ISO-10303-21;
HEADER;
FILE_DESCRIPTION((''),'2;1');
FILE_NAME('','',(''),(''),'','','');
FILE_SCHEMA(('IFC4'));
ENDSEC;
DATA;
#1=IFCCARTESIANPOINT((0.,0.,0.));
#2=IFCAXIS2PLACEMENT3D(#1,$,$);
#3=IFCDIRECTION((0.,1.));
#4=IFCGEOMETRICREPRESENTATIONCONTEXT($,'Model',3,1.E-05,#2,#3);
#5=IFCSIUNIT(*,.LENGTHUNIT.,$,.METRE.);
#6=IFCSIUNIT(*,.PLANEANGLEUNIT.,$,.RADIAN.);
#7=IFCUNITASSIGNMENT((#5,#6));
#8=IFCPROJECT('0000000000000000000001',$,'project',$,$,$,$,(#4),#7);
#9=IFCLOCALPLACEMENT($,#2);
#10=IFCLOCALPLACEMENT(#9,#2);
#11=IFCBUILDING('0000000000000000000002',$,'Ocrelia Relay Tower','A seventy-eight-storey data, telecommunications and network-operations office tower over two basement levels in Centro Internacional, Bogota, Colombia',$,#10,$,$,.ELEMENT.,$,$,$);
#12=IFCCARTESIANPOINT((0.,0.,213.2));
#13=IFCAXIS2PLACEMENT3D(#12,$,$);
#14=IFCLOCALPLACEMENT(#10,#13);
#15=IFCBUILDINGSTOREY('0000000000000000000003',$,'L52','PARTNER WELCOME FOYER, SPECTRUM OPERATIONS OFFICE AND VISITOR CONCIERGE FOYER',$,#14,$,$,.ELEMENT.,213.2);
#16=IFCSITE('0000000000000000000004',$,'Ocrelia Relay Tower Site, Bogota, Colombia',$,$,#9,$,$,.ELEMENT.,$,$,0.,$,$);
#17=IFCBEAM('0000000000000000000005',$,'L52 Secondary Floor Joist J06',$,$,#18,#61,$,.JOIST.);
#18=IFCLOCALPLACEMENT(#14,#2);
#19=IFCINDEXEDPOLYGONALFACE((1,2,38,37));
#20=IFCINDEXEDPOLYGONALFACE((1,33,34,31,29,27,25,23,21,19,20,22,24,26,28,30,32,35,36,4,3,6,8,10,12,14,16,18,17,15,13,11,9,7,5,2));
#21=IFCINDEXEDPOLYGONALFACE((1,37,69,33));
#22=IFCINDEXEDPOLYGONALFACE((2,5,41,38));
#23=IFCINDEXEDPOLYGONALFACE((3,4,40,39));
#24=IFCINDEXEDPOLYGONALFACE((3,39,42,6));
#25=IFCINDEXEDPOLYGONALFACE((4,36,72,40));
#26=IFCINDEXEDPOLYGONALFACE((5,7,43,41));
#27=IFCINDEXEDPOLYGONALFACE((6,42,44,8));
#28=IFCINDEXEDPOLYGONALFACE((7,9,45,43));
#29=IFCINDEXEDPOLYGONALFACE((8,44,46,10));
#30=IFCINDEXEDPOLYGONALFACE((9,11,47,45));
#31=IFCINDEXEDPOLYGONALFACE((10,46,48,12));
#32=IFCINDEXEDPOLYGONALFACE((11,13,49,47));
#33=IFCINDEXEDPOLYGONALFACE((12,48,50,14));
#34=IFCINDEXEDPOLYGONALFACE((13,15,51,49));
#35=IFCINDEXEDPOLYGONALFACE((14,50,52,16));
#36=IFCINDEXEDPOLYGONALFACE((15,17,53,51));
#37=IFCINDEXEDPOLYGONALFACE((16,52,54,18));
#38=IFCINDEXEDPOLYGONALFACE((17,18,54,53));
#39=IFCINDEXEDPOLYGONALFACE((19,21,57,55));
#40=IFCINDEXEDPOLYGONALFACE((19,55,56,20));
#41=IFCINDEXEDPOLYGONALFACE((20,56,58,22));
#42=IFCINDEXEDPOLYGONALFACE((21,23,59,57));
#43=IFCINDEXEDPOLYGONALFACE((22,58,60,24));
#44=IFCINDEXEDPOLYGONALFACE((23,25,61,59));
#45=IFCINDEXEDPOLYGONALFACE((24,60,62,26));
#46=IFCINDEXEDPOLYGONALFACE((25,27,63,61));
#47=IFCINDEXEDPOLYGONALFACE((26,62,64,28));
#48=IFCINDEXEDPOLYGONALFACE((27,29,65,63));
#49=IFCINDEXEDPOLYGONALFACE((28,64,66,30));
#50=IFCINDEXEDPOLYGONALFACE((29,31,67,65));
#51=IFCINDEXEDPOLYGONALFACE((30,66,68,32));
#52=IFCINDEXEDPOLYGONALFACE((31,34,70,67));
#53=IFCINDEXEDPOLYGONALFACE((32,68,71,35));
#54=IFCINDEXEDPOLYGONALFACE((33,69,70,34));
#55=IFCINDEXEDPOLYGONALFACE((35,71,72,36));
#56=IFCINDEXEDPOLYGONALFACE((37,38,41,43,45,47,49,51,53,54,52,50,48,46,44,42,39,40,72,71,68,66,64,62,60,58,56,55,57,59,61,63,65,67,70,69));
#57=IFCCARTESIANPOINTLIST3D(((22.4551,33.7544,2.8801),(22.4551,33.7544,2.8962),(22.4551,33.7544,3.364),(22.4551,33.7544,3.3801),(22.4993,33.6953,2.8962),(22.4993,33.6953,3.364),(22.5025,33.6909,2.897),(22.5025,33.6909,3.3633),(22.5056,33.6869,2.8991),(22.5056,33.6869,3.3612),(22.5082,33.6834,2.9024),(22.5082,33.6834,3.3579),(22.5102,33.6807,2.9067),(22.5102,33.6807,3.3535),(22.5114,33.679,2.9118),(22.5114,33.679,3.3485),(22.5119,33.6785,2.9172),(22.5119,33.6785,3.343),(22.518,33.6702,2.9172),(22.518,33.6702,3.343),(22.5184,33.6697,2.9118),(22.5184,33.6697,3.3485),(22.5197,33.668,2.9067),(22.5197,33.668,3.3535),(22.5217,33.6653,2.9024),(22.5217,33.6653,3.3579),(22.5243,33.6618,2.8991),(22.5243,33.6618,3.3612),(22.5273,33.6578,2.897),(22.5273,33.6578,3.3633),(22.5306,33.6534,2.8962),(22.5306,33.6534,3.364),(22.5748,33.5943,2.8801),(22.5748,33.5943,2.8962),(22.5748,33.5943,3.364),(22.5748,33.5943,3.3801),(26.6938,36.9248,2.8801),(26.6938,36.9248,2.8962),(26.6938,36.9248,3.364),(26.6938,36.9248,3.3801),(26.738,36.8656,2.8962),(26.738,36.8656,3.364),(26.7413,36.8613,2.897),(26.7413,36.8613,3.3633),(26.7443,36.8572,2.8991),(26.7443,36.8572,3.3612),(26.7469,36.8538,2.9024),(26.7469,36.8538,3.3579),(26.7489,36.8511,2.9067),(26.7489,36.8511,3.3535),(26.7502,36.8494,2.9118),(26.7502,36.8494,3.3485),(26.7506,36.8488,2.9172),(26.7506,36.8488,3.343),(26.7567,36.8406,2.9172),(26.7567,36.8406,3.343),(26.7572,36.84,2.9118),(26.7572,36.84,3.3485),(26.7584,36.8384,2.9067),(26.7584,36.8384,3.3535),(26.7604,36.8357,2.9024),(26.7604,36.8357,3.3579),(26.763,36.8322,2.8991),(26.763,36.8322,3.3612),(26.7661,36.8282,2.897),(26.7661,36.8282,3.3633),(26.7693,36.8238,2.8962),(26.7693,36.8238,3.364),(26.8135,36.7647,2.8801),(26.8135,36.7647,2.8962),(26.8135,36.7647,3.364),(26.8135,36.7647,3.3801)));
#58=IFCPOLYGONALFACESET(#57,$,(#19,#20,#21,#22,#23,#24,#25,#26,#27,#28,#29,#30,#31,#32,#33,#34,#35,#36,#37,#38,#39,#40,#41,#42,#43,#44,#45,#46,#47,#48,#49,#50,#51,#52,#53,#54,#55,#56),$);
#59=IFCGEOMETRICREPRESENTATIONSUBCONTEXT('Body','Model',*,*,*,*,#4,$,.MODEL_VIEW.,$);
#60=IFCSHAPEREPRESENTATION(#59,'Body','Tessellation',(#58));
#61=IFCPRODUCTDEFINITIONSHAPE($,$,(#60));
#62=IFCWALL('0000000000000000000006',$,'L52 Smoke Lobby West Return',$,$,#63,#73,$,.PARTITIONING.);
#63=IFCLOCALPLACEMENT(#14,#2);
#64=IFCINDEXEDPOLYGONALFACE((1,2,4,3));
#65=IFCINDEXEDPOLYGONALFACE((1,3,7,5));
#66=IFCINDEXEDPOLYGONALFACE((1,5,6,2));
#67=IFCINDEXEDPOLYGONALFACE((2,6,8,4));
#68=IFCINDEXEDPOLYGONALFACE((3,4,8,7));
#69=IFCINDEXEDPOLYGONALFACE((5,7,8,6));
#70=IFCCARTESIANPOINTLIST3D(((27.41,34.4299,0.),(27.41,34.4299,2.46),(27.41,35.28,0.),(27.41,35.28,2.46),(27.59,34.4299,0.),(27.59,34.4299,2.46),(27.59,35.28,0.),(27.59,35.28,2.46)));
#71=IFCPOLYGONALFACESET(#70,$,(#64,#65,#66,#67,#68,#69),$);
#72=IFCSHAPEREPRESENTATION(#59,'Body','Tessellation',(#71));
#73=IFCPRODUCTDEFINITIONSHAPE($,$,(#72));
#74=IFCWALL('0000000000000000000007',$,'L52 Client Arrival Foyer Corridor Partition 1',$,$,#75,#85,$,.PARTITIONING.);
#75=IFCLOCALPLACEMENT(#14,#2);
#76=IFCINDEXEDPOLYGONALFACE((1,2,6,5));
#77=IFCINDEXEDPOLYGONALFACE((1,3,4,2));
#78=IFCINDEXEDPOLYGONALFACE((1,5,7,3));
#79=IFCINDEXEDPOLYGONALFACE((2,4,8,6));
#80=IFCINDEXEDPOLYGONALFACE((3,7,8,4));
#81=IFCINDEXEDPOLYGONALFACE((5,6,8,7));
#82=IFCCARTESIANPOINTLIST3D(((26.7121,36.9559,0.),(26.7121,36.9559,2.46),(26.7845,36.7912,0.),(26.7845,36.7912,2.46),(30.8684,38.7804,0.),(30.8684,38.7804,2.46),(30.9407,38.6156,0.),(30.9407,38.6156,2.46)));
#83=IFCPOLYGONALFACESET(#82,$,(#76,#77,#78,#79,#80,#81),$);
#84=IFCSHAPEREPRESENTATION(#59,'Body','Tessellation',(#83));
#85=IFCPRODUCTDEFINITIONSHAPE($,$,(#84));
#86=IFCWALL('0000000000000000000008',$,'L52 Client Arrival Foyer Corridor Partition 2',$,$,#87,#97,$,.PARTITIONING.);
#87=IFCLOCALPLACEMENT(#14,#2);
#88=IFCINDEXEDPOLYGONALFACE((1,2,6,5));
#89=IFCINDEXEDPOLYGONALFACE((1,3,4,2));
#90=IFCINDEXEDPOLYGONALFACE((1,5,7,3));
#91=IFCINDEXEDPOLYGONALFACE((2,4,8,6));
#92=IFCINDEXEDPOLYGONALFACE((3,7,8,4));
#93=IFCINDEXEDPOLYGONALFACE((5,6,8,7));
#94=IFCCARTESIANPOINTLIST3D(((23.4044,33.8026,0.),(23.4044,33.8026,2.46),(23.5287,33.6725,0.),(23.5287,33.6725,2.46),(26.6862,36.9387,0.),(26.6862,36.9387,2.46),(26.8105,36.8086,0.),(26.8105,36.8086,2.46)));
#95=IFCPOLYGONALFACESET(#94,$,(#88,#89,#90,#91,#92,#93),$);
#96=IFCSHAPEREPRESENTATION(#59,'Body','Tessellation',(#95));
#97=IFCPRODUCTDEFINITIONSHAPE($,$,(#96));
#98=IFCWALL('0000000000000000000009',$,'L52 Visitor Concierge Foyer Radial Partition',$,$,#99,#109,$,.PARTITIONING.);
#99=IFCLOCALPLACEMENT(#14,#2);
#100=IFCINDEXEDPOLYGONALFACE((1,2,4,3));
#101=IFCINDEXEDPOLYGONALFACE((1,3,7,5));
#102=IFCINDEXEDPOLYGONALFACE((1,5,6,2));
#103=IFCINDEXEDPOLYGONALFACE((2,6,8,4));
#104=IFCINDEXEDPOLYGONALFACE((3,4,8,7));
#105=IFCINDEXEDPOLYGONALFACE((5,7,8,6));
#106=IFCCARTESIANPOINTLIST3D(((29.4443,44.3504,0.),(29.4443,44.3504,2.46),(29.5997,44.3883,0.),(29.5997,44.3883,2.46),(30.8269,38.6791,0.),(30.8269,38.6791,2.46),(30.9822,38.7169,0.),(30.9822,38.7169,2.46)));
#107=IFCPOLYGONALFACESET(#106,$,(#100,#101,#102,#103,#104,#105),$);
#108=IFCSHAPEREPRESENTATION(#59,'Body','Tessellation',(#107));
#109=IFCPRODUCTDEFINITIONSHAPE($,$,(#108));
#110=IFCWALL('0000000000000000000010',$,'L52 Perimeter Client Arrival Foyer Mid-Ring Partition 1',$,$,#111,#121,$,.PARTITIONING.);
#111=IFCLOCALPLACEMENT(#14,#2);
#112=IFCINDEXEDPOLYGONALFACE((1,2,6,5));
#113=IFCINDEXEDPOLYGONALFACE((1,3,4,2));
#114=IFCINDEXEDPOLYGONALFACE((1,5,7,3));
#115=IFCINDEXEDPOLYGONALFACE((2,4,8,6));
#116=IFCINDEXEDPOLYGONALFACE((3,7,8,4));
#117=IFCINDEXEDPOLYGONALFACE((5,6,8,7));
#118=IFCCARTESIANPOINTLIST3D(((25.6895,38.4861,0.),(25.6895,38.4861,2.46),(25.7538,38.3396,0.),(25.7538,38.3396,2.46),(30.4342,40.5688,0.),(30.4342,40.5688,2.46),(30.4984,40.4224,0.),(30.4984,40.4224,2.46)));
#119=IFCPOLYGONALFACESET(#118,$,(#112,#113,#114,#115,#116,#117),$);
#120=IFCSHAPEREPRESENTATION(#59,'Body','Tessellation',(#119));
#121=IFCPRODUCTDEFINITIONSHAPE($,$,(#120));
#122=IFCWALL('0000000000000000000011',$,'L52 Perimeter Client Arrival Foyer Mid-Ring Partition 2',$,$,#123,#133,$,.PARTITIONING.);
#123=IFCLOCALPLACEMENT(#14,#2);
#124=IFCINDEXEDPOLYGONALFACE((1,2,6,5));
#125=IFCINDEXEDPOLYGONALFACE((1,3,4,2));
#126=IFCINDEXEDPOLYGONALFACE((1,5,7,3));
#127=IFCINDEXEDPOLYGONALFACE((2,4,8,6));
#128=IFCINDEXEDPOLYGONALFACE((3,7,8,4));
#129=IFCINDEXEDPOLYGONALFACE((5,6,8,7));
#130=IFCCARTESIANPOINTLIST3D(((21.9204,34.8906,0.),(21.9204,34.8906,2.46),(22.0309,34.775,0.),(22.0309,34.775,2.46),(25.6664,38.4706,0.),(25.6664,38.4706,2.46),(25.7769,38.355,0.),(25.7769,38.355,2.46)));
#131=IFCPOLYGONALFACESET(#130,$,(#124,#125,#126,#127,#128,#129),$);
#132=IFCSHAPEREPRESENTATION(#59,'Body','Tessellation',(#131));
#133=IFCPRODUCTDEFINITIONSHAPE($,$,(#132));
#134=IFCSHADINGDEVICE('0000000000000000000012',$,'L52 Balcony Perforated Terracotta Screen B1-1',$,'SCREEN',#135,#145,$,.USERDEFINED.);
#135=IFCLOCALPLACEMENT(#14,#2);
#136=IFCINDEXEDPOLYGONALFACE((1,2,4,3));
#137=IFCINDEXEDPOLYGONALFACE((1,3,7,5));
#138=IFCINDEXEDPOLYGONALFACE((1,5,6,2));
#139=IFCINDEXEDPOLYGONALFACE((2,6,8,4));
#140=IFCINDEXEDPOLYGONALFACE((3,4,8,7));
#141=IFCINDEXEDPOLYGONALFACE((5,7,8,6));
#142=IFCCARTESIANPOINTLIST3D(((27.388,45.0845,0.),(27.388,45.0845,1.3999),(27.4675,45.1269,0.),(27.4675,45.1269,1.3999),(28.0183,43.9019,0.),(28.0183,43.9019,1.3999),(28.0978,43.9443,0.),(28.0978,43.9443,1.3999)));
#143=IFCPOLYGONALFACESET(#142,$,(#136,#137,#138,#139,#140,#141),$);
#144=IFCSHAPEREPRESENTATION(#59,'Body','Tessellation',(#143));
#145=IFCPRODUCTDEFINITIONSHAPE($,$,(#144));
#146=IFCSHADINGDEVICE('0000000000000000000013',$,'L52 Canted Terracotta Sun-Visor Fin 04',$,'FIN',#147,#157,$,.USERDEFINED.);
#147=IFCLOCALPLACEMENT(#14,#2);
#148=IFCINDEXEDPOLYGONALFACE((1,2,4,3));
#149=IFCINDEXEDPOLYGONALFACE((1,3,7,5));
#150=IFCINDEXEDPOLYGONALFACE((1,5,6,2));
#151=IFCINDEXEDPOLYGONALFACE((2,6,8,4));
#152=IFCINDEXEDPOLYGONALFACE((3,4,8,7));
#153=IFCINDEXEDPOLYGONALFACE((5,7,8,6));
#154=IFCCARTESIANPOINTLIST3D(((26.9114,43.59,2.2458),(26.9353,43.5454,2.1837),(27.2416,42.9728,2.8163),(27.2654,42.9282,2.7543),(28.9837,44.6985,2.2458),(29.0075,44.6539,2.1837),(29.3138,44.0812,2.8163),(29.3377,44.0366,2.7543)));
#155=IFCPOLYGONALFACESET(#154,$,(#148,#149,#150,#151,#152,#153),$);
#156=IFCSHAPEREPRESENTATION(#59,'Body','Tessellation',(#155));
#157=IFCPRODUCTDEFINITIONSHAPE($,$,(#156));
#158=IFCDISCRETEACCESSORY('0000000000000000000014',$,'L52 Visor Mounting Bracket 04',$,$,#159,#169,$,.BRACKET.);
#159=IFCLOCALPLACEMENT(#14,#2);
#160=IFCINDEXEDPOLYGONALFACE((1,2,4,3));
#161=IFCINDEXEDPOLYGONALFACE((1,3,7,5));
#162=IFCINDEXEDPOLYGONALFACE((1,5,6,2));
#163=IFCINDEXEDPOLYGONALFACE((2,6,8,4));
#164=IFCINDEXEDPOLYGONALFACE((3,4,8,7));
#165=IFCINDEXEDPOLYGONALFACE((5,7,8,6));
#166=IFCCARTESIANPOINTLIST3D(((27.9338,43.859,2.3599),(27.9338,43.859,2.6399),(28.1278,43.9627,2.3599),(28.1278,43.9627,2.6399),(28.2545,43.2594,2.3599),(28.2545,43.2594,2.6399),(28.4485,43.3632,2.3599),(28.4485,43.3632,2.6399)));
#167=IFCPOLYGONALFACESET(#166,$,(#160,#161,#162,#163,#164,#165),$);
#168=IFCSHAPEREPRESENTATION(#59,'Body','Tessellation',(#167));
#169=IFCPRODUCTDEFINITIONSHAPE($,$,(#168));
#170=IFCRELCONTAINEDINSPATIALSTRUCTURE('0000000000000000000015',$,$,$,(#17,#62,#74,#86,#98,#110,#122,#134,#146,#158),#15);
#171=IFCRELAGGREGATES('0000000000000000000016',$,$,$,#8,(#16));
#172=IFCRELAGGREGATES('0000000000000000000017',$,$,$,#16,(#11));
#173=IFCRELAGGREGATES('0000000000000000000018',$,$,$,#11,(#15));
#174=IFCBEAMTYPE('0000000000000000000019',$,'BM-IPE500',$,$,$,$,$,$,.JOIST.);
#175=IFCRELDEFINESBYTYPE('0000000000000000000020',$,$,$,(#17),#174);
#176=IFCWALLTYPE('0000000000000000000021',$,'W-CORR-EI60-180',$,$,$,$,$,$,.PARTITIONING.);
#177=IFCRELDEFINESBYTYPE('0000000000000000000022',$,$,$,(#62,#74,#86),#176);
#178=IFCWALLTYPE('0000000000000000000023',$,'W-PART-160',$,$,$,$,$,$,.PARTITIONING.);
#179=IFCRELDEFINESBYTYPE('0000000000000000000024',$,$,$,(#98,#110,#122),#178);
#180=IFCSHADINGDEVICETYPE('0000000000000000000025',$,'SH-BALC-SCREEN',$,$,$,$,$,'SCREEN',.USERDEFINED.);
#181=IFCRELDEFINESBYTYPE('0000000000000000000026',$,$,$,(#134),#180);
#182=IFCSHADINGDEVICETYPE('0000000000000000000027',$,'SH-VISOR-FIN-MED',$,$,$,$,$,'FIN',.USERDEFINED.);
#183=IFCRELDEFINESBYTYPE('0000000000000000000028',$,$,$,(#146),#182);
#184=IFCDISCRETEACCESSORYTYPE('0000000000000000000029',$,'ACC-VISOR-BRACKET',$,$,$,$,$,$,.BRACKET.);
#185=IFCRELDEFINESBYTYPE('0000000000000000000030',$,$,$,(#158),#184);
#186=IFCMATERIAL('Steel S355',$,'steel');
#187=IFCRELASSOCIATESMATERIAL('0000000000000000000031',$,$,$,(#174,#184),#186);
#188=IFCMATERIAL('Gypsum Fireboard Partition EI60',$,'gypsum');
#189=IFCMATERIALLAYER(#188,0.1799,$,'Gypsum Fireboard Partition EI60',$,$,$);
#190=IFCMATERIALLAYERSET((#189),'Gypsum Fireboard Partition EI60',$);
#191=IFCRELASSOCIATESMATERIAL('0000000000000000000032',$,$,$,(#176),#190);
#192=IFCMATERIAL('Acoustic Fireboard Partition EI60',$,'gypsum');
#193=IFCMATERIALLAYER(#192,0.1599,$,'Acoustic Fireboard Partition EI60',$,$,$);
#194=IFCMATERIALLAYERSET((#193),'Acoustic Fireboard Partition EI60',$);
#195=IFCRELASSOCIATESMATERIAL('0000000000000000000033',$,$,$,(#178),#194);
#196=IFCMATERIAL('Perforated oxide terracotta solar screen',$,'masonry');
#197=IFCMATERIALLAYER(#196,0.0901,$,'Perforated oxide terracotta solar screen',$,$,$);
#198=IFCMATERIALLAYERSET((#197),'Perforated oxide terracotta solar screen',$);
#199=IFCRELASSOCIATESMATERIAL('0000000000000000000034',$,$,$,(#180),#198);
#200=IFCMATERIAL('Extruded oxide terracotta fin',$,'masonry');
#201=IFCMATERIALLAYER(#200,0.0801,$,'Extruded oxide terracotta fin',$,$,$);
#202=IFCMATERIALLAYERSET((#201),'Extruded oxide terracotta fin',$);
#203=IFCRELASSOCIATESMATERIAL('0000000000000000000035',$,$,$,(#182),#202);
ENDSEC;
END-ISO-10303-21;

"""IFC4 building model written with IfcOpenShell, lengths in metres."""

from ifc_helpers import new_model, si_unit, direction, frame, frame_2d, origin, origin_2d, place, context, subcontext, project, spatial, rectangle, i_section, extrude, material, layer, layer_set, material_profile, profile_set, type_object, element, save


model = new_model("IFC4")

# Units and contexts
model_context = context("Model", 3, precision=1e-05, world=origin(), true_north=direction((0.0, 1.0)))
body_context = subcontext(model_context, "Body", "Model", "MODEL_VIEW")
ifc_project = project(units=[si_unit("LENGTHUNIT", "METRE"), si_unit("PLANEANGLEUNIT", "RADIAN")], contexts=[model_context])

# Site, building, storey
site_placement = place(None, origin())
site = spatial("IfcSite", under=ifc_project, at=site_placement, Name="Ocrelia Relay Tower Site, Bogota, Colombia", CompositionType="ELEMENT", RefElevation=0.0)
building_placement = place(site_placement, origin())
building = spatial("IfcBuilding", under=site, at=building_placement, Name="Ocrelia Relay Tower", Description="A seventy-eight-storey data, telecommunications and network-operations office tower over two basement levels in Centro Internacional, Bogota, Colombia", CompositionType="ELEMENT")
storey_placement = place(building_placement, frame((0.0, 0.0, 213.2)))
storey = spatial("IfcBuildingStorey", under=building, at=storey_placement, Name="L52", Description="PARTNER WELCOME FOYER, SPECTRUM OPERATIONS OFFICE AND VISITOR CONCIERGE FOYER", CompositionType="ELEMENT", Elevation=213.2)

# Beam
ifc_material_1 = material(Name="Steel S355", Category="steel")
ifc_material_profile_1 = material_profile(ifc_material_1, i_section(OverallWidth=0.2, OverallDepth=0.5, WebThickness=0.0103, FlangeThickness=0.0161, FilletRadius=0.021, at=origin_2d()), Name="IPE 500")
ifc_profile_set_1 = profile_set([ifc_material_profile_1], Name="Steel S355")
beam_type_1 = type_object("IfcBeamType", Name="BM-IPE500", PredefinedType="JOIST", material=ifc_profile_set_1)
beam_1_placement = place(storey_placement, frame((26.7537, 36.8447, 3.1301), z_axis=(-0.800785, -0.598952, 0.0), x_axis=(0.598952, -0.800785, 0.0)))
element("IfcBeam", 1, at=beam_1_placement, inside=storey, type_object=beam_type_1, Name="L52 Secondary Floor Joist J06", PredefinedType="JOIST", context=body_context, shape_type="SweptSolid", body=[
    extrude(i_section(OverallWidth=0.2, OverallDepth=0.5, WebThickness=0.0103, FlangeThickness=0.0161, FilletRadius=0.021, at=origin_2d()), origin(), (0.0, 0.0, 1.0), 5.2932),
])

# Wall
ifc_material_2 = material(Name="Gypsum Fireboard Partition EI60", Category="gypsum")
ifc_layer_1 = layer(ifc_material_2, 0.1799, Name="Gypsum Fireboard Partition EI60")
ifc_layer_set_1 = layer_set([ifc_layer_1], Name="Gypsum Fireboard Partition EI60")
wall_type_1 = type_object("IfcWallType", Name="W-CORR-EI60-180", PredefinedType="PARTITIONING", material=ifc_layer_set_1)
wall_1_placement = place(storey_placement, frame((27.5, 34.4299, 0.0), z_axis=(0.0, 0.0, 1.0), x_axis=(0.0, 1.0, 0.0)))
element("IfcWall", 2, at=wall_1_placement, inside=storey, type_object=wall_type_1, Name="L52 Smoke Lobby West Return", PredefinedType="PARTITIONING", context=body_context, shape_type="SweptSolid", body=[
    extrude(rectangle(XDim=0.8501, YDim=0.1799, at=frame_2d((0.425, 0.0))), origin(), (0.0, 0.0, 1.0), 2.46),
])

# Walls
wall_2_placement = place(storey_placement, frame((30.9045, 38.698, 0.0), z_axis=(0.0, 0.0, 1.0), x_axis=(-0.915663, -0.401947, 0.0)))
element("IfcWall", 3, at=wall_2_placement, inside=storey, type_object=wall_type_1, Name="L52 Client Arrival Foyer Corridor Partition 1", PredefinedType="PARTITIONING", context=body_context, shape_type="SweptSolid", body=[
    extrude(rectangle(XDim=4.5391, YDim=0.1799, at=frame_2d((2.2695, 0.0))), origin(), (0.0, 0.0, 1.0), 2.46),
])
wall_3_placement = place(storey_placement, frame((26.7483, 36.8735, 0.0), z_axis=(0.0, 0.0, 1.0), x_axis=(-0.722979, -0.69087, 0.0)))
element("IfcWall", 4, at=wall_3_placement, inside=storey, type_object=wall_type_1, Name="L52 Client Arrival Foyer Corridor Partition 2", PredefinedType="PARTITIONING", context=body_context, shape_type="SweptSolid", body=[
    extrude(rectangle(XDim=4.5393, YDim=0.1799, at=frame_2d((2.2695, 0.0))), origin(), (0.0, 0.0, 1.0), 2.46),
])

# Walls
ifc_material_3 = material(Name="Acoustic Fireboard Partition EI60", Category="gypsum")
ifc_layer_2 = layer(ifc_material_3, 0.1599, Name="Acoustic Fireboard Partition EI60")
ifc_layer_set_2 = layer_set([ifc_layer_2], Name="Acoustic Fireboard Partition EI60")
wall_type_2 = type_object("IfcWallType", Name="W-PART-160", PredefinedType="PARTITIONING", material=ifc_layer_set_2)
wall_4_placement = place(storey_placement, frame((30.9045, 38.698, 0.0), z_axis=(0.0, 0.0, 1.0), x_axis=(-0.236844, 0.971548, 0.0)))
element("IfcWall", 5, at=wall_4_placement, inside=storey, type_object=wall_type_2, Name="L52 Visitor Concierge Foyer Radial Partition", PredefinedType="PARTITIONING", context=body_context, shape_type="SweptSolid", body=[
    extrude(rectangle(XDim=5.8374, YDim=0.1599, at=frame_2d((2.9187, 0.0))), origin(), (0.0, 0.0, 1.0), 2.46),
])
for number, where, z_axis, x_axis, name in (
    (6, (30.4663, 40.4956, 0.0), (0.0, 0.0, 1.0), (-0.915661, -0.401951, 0.0), "L52 Perimeter Client Arrival Foyer Mid-Ring Partition 1"),
    (7, (25.7217, 38.4128, 0.0), (0.0, 0.0, 1.0), (-0.722945, -0.690906, 0.0), "L52 Perimeter Client Arrival Foyer Mid-Ring Partition 2"),
):
    element("IfcWall", number, at=place(storey_placement, frame(where, z_axis=z_axis, x_axis=x_axis)), inside=storey, type_object=wall_type_2, Name=name, PredefinedType="PARTITIONING", context=body_context, shape_type="SweptSolid", body=[
        extrude(rectangle(XDim=5.1816, YDim=0.1599, at=frame_2d((2.5908, 0.0))), origin(), (0.0, 0.0, 1.0), 2.46),
    ])

# Shading devices
ifc_material_4 = material(Name="Perforated oxide terracotta solar screen", Category="masonry")
ifc_layer_3 = layer(ifc_material_4, 0.0901, Name="Perforated oxide terracotta solar screen")
ifc_layer_set_3 = layer_set([ifc_layer_3], Name="Perforated oxide terracotta solar screen")
shading_device_type_1 = type_object("IfcShadingDeviceType", Name="SH-BALC-SCREEN", ElementType="SCREEN", PredefinedType="USERDEFINED", material=ifc_layer_set_3)
shading_device_1_placement = place(storey_placement, frame((27.7429, 44.5144, 0.0), z_axis=(0.0, 0.0, 1.0), x_axis=(-0.470313, 0.8825, 0.0)))
element("IfcShadingDevice", 8, at=shading_device_1_placement, inside=storey, type_object=shading_device_type_1, Name="L52 Balcony Perforated Terracotta Screen B1-1", ObjectType="SCREEN", PredefinedType="USERDEFINED", context=body_context, shape_type="SweptSolid", body=[
    extrude(rectangle(XDim=1.3401, YDim=0.0901, at=origin_2d()), origin(), (0.0, 0.0, 1.0), 1.3999),
])
ifc_material_5 = material(Name="Extruded oxide terracotta fin", Category="masonry")
ifc_layer_4 = layer(ifc_material_5, 0.0801, Name="Extruded oxide terracotta fin")
ifc_layer_set_4 = layer_set([ifc_layer_4], Name="Extruded oxide terracotta fin")
shading_device_type_2 = type_object("IfcShadingDeviceType", Name="SH-VISOR-FIN-MED", ElementType="FIN", PredefinedType="USERDEFINED", material=ifc_layer_set_4)
shading_device_2_placement = place(storey_placement, frame((28.1365, 43.791, 2.469), z_axis=(-0.297974, 0.557073, 0.775165), x_axis=(-0.881781, -0.471658, 0.0)))
element("IfcShadingDevice", 9, at=shading_device_2_placement, inside=storey, type_object=shading_device_type_2, Name="L52 Canted Terracotta Sun-Visor Fin 04", ObjectType="FIN", PredefinedType="USERDEFINED", context=body_context, shape_type="SweptSolid", body=[
    extrude(rectangle(XDim=2.3501, YDim=0.9031, at=origin_2d()), origin(), (0.0, 0.0, 1.0), 0.0801),
])

# Discrete accessory
discrete_accessory_type = type_object("IfcDiscreteAccessoryType", Name="ACC-VISOR-BRACKET", PredefinedType="BRACKET", material=ifc_material_1)
discrete_accessory_placement = place(storey_placement, frame((28.1912, 43.6111, 2.3599), z_axis=(0.0, 0.0, 1.0), x_axis=(-0.881781, -0.471658, 0.0)))
element("IfcDiscreteAccessory", 10, at=discrete_accessory_placement, inside=storey, type_object=discrete_accessory_type, Name="L52 Visor Mounting Bracket 04", PredefinedType="BRACKET", context=body_context, shape_type="SweptSolid", body=[
    extrude(rectangle(XDim=0.22, YDim=0.6799, at=origin_2d()), origin(), (0.0, 0.0, 1.0), 0.28),
])

save(model, "model.ifc")
